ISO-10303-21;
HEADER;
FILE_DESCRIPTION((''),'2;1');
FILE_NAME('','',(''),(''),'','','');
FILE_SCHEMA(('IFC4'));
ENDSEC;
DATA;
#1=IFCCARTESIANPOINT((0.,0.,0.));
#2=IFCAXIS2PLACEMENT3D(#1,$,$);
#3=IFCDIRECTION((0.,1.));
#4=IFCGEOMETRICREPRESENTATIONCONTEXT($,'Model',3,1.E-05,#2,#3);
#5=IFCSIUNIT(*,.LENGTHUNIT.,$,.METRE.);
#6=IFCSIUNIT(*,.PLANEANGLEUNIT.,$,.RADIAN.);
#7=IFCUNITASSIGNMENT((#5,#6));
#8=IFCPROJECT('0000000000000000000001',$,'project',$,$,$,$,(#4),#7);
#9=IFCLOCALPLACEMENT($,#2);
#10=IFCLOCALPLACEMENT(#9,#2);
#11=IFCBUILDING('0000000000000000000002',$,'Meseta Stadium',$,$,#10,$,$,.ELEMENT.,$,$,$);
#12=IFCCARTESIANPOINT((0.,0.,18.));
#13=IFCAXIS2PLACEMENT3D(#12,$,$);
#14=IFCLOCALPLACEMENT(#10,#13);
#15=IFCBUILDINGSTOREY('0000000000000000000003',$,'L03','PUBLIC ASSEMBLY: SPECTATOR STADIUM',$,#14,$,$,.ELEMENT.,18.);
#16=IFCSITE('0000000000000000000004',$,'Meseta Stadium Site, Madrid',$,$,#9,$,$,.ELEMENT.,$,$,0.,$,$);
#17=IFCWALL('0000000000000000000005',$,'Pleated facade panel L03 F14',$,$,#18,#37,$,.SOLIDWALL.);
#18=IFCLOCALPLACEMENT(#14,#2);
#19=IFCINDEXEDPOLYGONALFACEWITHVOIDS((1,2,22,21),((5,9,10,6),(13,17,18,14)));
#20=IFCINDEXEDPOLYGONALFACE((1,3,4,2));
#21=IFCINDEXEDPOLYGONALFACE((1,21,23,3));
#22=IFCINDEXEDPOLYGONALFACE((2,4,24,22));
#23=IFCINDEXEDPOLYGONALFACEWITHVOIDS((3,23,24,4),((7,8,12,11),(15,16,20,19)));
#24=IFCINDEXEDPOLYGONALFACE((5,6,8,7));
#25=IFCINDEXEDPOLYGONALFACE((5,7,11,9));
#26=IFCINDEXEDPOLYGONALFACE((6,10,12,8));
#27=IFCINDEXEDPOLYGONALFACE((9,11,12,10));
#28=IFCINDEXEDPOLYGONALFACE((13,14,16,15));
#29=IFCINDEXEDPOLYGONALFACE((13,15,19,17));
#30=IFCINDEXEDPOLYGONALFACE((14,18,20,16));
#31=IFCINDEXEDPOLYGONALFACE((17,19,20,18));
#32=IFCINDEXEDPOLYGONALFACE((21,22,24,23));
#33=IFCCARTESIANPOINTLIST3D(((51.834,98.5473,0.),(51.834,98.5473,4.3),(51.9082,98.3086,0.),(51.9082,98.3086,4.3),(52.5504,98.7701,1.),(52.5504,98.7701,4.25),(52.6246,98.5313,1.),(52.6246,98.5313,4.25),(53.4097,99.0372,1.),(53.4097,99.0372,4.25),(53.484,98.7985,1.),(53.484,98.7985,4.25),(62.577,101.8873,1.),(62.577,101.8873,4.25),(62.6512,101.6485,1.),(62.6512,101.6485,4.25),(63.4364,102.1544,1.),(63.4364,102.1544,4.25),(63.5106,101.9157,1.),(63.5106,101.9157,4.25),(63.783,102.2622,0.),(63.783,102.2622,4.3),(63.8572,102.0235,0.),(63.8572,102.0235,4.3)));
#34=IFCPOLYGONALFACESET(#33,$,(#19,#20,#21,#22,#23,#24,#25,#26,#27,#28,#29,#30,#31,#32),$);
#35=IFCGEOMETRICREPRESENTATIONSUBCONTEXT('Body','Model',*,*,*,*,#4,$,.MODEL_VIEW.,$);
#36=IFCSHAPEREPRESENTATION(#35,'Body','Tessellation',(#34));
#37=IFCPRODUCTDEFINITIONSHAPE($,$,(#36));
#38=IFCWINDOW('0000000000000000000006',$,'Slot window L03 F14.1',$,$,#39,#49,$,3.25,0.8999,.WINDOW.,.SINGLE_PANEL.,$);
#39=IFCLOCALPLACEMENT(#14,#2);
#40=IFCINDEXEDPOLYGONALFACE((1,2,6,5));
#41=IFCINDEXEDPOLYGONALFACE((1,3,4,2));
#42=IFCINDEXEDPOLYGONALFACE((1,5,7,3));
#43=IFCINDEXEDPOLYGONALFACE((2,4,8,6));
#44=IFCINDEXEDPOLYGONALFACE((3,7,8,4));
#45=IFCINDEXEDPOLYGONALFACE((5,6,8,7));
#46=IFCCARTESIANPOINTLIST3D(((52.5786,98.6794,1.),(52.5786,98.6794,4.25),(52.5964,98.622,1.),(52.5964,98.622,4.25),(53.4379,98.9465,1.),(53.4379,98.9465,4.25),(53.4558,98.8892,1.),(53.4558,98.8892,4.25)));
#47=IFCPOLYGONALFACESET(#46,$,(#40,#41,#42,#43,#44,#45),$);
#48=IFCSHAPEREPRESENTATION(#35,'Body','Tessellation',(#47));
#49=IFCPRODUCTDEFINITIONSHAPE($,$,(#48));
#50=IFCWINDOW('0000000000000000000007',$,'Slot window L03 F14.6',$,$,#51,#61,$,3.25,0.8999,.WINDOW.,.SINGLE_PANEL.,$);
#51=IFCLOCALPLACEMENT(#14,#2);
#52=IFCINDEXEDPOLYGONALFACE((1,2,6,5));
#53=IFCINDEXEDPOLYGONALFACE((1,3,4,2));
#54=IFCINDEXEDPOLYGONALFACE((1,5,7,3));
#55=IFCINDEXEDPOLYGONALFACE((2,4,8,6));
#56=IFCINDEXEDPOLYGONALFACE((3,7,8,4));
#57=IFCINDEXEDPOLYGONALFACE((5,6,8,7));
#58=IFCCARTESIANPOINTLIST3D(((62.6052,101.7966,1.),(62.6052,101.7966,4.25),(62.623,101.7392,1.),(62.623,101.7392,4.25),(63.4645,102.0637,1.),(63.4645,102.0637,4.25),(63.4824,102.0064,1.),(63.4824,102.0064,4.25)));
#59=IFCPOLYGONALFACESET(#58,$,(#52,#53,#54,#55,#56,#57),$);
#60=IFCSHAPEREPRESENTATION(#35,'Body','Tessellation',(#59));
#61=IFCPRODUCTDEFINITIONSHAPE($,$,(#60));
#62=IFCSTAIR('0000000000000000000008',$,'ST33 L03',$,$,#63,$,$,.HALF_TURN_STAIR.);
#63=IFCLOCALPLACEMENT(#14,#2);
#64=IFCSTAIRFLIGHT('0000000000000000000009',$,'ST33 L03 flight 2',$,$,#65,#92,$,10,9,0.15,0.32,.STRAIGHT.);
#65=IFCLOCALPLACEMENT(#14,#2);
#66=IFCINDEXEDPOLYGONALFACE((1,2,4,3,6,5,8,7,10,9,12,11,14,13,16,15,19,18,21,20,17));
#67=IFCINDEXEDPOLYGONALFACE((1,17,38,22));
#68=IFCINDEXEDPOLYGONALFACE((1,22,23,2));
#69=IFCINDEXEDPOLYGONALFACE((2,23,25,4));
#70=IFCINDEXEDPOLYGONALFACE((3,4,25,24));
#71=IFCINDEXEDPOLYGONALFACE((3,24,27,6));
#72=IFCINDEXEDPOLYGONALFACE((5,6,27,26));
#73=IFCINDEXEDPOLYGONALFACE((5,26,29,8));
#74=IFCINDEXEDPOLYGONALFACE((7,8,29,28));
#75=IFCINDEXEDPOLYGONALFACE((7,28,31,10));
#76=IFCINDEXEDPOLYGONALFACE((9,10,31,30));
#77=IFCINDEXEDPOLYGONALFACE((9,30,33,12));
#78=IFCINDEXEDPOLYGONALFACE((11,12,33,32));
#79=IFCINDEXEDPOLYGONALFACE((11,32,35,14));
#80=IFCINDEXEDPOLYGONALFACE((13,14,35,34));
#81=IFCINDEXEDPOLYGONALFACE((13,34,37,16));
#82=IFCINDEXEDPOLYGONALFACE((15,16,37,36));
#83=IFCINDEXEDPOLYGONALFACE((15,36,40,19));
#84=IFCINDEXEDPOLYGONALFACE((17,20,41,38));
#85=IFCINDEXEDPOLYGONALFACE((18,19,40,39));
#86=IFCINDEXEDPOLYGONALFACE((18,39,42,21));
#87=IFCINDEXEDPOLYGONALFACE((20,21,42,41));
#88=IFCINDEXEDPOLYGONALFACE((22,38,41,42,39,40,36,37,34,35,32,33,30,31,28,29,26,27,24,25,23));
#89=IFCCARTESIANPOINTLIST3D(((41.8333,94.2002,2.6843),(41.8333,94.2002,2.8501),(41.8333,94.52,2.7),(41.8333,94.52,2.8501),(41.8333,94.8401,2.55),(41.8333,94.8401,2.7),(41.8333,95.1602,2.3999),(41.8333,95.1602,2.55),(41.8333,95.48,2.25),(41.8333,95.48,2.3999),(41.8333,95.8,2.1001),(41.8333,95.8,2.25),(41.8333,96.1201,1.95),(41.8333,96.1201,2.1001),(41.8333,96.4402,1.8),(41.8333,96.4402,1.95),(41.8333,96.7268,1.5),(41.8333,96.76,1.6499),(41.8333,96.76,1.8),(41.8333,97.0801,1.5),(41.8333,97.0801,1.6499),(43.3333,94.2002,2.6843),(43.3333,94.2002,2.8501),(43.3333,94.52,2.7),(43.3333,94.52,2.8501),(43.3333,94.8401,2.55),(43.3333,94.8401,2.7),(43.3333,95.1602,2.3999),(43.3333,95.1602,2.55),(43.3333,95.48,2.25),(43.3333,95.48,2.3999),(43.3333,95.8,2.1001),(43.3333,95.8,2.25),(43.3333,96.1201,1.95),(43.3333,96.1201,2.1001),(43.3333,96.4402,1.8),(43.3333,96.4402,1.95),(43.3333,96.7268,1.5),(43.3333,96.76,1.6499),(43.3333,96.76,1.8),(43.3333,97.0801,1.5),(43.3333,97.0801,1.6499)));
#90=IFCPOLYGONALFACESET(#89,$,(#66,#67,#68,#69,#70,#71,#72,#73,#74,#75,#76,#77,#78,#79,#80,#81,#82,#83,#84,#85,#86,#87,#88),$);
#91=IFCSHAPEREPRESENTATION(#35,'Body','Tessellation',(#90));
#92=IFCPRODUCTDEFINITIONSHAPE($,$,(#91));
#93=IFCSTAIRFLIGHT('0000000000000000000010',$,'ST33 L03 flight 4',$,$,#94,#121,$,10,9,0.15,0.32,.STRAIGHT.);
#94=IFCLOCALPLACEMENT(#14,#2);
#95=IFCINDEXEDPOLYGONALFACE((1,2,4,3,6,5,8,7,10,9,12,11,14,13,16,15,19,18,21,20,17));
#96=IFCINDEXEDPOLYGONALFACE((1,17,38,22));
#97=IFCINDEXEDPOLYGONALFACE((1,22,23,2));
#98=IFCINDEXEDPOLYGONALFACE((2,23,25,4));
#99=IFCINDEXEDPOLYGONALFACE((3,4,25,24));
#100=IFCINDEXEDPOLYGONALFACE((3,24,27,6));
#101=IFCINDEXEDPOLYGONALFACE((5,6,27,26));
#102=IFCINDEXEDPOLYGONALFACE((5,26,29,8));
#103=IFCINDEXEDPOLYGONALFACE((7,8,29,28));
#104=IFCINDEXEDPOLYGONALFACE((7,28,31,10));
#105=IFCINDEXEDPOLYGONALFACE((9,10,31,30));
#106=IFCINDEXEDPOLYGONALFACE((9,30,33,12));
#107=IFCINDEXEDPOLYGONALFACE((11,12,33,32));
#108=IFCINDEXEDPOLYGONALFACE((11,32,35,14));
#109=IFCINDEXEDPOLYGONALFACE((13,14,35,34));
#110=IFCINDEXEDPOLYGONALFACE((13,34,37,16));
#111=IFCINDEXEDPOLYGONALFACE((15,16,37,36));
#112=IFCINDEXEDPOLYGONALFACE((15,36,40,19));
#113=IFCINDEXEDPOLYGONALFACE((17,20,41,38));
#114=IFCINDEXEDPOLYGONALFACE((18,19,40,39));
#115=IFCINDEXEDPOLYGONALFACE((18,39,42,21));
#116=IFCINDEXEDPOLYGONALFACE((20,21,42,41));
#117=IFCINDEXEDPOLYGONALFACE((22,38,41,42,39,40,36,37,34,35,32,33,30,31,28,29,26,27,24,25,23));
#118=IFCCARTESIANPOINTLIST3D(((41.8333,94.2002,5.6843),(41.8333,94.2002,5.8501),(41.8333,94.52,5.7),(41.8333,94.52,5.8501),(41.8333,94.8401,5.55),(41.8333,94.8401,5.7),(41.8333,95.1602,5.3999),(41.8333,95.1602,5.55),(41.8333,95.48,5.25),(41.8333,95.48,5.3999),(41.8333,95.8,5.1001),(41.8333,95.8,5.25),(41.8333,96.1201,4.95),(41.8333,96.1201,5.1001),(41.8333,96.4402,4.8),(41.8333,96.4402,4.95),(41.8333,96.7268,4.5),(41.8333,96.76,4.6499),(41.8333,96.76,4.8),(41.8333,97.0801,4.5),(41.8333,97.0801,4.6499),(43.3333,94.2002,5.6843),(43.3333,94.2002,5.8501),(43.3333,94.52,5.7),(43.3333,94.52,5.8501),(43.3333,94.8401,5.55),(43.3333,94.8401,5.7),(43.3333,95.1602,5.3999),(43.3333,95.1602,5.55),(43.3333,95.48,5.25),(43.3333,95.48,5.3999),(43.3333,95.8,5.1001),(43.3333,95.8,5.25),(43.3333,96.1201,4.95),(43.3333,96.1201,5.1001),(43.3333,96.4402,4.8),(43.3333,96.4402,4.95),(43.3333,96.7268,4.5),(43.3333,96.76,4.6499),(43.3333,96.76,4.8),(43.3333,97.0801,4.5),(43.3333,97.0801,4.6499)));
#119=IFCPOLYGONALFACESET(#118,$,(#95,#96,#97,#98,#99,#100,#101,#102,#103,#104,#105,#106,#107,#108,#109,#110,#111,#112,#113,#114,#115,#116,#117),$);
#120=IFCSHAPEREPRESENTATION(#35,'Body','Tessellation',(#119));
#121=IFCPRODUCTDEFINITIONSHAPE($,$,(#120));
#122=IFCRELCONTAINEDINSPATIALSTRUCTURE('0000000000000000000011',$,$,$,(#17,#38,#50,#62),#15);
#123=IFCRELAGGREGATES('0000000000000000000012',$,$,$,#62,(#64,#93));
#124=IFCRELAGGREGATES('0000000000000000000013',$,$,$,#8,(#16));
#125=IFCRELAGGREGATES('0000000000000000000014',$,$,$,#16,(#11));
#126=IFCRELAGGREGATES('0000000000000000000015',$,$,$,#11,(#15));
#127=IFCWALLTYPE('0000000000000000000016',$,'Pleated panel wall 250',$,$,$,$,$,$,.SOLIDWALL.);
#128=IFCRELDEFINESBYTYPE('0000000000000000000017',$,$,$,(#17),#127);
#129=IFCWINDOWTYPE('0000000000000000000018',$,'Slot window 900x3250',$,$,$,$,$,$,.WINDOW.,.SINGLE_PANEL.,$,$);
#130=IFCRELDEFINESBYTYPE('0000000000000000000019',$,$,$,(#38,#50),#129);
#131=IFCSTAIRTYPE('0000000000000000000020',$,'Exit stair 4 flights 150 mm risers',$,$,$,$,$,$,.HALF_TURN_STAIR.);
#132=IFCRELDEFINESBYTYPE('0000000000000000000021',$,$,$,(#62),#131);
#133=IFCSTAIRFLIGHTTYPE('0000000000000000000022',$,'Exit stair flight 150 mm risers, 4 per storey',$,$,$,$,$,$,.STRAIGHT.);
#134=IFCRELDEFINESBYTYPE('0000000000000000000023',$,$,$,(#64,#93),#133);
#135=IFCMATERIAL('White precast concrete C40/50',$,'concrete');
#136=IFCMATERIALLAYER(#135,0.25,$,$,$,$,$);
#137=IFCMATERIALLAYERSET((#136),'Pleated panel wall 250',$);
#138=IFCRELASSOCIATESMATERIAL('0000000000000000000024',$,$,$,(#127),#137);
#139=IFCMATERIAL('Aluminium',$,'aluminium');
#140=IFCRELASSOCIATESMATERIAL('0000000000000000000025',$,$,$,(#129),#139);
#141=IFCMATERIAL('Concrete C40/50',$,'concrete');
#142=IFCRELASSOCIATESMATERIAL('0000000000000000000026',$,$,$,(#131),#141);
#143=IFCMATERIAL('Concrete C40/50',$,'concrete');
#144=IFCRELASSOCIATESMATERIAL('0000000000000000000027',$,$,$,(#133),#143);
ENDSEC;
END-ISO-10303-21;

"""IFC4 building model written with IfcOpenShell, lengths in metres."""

from ifc_helpers import new_model, si_unit, direction, frame, frame_2d, origin, place, context, subcontext, project, spatial, polyline, rectangle, outline, extrude, material, layer, layer_set, type_object, element, fill, aggregate, save


model = new_model("IFC4")

# Units and contexts
model_context = context("Model", 3, precision=1e-05, world=origin(), true_north=direction((0.0, 1.0)))
body_context = subcontext(model_context, "Body", "Model", "MODEL_VIEW")
ifc_project = project(units=[si_unit("LENGTHUNIT", "METRE"), si_unit("PLANEANGLEUNIT", "RADIAN")], contexts=[model_context])

# Site, building, storey
site_placement = place(None, origin())
site = spatial("IfcSite", under=ifc_project, at=site_placement, Name="Meseta Stadium Site, Madrid", CompositionType="ELEMENT", RefElevation=0.0)
building_placement = place(site_placement, origin())
building = spatial("IfcBuilding", under=site, at=building_placement, Name="Meseta Stadium", CompositionType="ELEMENT")
storey_placement = place(building_placement, frame((0.0, 0.0, 18.0)))
storey = spatial("IfcBuildingStorey", under=building, at=storey_placement, Name="L03", Description="PUBLIC ASSEMBLY: SPECTATOR STADIUM", CompositionType="ELEMENT", Elevation=18.0)

# Wall, openings, windows
ifc_material_1 = material(Name="White precast concrete C40/50", Category="concrete")
ifc_layer_1 = layer(ifc_material_1, 0.25)
ifc_layer_set_1 = layer_set([ifc_layer_1], Name="Pleated panel wall 250")
wall_type_1 = type_object("IfcWallType", Name="Pleated panel wall 250", PredefinedType="SOLIDWALL", material=ifc_layer_set_1)
wall_1_placement = place(storey_placement, frame((51.8711, 98.428, 0.0), z_axis=(0.0, 0.0, 1.0), x_axis=(0.954916, 0.296876, 0.0)))
wall_1 = element("IfcWall", 1, at=wall_1_placement, inside=storey, type_object=wall_type_1, Name="Pleated facade panel L03 F14", PredefinedType="SOLIDWALL", context=body_context, shape_type="SweptSolid", body=[
    extrude(rectangle(XDim=12.5132, YDim=0.25, at=frame_2d((6.2566, 0.0))), origin(), (0.0, 0.0, 1.0), 4.3),
])
opening_1_placement = place(wall_1_placement, frame((0.7502, 0.0, 1.0)))
opening_1 = element("IfcOpeningElement", 2, at=opening_1_placement, cuts=wall_1, PredefinedType="OPENING", context=body_context, shape_type="SweptSolid", body=[
    extrude(rectangle(XDim=0.8999, YDim=3.25, at=frame_2d((0.45, 1.625))), frame((0.0, 0.135, 0.0), z_axis=(0.0, -1.0, 0.0), x_axis=(1.0, 0.0, 0.0)), (0.0, 0.0, 1.0), 0.27),
])
opening_2_placement = place(wall_1_placement, frame((11.2502, 0.0, 1.0)))
opening_2 = element("IfcOpeningElement", 3, at=opening_2_placement, cuts=wall_1, PredefinedType="OPENING", context=body_context, shape_type="SweptSolid", body=[
    extrude(rectangle(XDim=0.8999, YDim=3.25, at=frame_2d((0.45, 1.625))), frame((0.0, 0.135, 0.0), z_axis=(0.0, -1.0, 0.0), x_axis=(1.0, 0.0, 0.0)), (0.0, 0.0, 1.0), 0.27),
])
ifc_material_2 = material(Name="Aluminium", Category="aluminium")
window_type = type_object("IfcWindowType", Name="Slot window 900x3250", PartitioningType="SINGLE_PANEL", PredefinedType="WINDOW", material=ifc_material_2)
window_1_placement = place(opening_1_placement, origin())
window_1 = element("IfcWindow", 4, at=window_1_placement, inside=storey, type_object=window_type, Name="Slot window L03 F14.1", OverallHeight=3.25, OverallWidth=0.8999, PartitioningType="SINGLE_PANEL", PredefinedType="WINDOW", context=body_context, shape_type="SweptSolid", body=[
    extrude(rectangle(XDim=0.8999, YDim=3.25, at=frame_2d((0.45, 1.625))), frame((0.0, 0.03, 0.0), z_axis=(0.0, -1.0, 0.0), x_axis=(1.0, 0.0, 0.0)), (0.0, 0.0, 1.0), 0.0601),
])
fill(opening_1, window_1)
window_2_placement = place(opening_2_placement, origin())
window_2 = element("IfcWindow", 5, at=window_2_placement, inside=storey, type_object=window_type, Name="Slot window L03 F14.6", OverallHeight=3.25, OverallWidth=0.8999, PartitioningType="SINGLE_PANEL", PredefinedType="WINDOW", context=body_context, shape_type="SweptSolid", body=[
    extrude(rectangle(XDim=0.8999, YDim=3.25, at=frame_2d((0.45, 1.625))), frame((0.0, 0.03, 0.0), z_axis=(0.0, -1.0, 0.0), x_axis=(1.0, 0.0, 0.0)), (0.0, 0.0, 1.0), 0.0601),
])
fill(opening_2, window_2)

# Stair, stair flights
ifc_material_3 = material(Name="Concrete C40/50", Category="concrete")
stair_type = type_object("IfcStairType", Name="Exit stair 4 flights 150 mm risers", PredefinedType="HALF_TURN_STAIR", material=ifc_material_3)
stair_placement = place(storey_placement, origin())
stair = element("IfcStair", 6, at=stair_placement, inside=storey, type_object=stair_type, Name="ST33 L03", PredefinedType="HALF_TURN_STAIR")
ifc_material_4 = material(Name="Concrete C40/50", Category="concrete")
stair_flight_type = type_object("IfcStairFlightType", Name="Exit stair flight 150 mm risers, 4 per storey", PredefinedType="STRAIGHT", material=ifc_material_4)
stair_flight_1_placement = place(storey_placement, frame((42.5833, 97.0801, 1.5), z_axis=(0.0, 0.0, 1.0), x_axis=(0.0, -1.0, 0.0)))
stair_flight_1 = element("IfcStairFlight", 7, at=stair_flight_1_placement, type_object=stair_flight_type, Name="ST33 L03 flight 2", NumberOfRisers=10, NumberOfTreads=9, PredefinedType="STRAIGHT", RiserHeight=0.15, TreadLength=0.32, context=body_context, shape_type="SweptSolid", body=[
    extrude(outline(polyline([(0.0, 0.0), (0.0, 0.1499), (0.3201, 0.1499), (0.3201, 0.3), (0.6399, 0.3), (0.6399, 0.45), (0.96, 0.45), (0.96, 0.6001), (1.28, 0.6001), (1.28, 0.75), (1.6001, 0.75), (1.6001, 0.8999), (1.9199, 0.8999), (1.9199, 1.05), (2.24, 1.05), (2.24, 1.2), (2.5601, 1.2), (2.5601, 1.3501), (2.8799, 1.3501), (2.8799, 1.1843), (0.3533, 0.0), (0.0, 0.0)])), frame((0.0, 0.75, 0.0), z_axis=(0.0, -1.0, 0.0), x_axis=(1.0, 0.0, 0.0)), (0.0, 0.0, 1.0), 1.5),
])
stair_flight_2_placement = place(storey_placement, frame((42.5833, 97.0801, 4.5), z_axis=(0.0, 0.0, 1.0), x_axis=(0.0, -1.0, 0.0)))
stair_flight_2 = element("IfcStairFlight", 8, at=stair_flight_2_placement, type_object=stair_flight_type, Name="ST33 L03 flight 4", NumberOfRisers=10, NumberOfTreads=9, PredefinedType="STRAIGHT", RiserHeight=0.15, TreadLength=0.32, context=body_context, shape_type="SweptSolid", body=[
    extrude(outline(polyline([(0.0, 0.0), (0.0, 0.1499), (0.3201, 0.1499), (0.3201, 0.3), (0.6399, 0.3), (0.6399, 0.45), (0.96, 0.45), (0.96, 0.6001), (1.28, 0.6001), (1.28, 0.75), (1.6001, 0.75), (1.6001, 0.8999), (1.9199, 0.8999), (1.9199, 1.05), (2.24, 1.05), (2.24, 1.2), (2.5601, 1.2), (2.5601, 1.3501), (2.8799, 1.3501), (2.8799, 1.1843), (0.3533, 0.0), (0.0, 0.0)])), frame((0.0, 0.75, 0.0), z_axis=(0.0, -1.0, 0.0), x_axis=(1.0, 0.0, 0.0)), (0.0, 0.0, 1.0), 1.5),
])
aggregate(stair, [stair_flight_1, stair_flight_2])

save(model, "model.ifc")
